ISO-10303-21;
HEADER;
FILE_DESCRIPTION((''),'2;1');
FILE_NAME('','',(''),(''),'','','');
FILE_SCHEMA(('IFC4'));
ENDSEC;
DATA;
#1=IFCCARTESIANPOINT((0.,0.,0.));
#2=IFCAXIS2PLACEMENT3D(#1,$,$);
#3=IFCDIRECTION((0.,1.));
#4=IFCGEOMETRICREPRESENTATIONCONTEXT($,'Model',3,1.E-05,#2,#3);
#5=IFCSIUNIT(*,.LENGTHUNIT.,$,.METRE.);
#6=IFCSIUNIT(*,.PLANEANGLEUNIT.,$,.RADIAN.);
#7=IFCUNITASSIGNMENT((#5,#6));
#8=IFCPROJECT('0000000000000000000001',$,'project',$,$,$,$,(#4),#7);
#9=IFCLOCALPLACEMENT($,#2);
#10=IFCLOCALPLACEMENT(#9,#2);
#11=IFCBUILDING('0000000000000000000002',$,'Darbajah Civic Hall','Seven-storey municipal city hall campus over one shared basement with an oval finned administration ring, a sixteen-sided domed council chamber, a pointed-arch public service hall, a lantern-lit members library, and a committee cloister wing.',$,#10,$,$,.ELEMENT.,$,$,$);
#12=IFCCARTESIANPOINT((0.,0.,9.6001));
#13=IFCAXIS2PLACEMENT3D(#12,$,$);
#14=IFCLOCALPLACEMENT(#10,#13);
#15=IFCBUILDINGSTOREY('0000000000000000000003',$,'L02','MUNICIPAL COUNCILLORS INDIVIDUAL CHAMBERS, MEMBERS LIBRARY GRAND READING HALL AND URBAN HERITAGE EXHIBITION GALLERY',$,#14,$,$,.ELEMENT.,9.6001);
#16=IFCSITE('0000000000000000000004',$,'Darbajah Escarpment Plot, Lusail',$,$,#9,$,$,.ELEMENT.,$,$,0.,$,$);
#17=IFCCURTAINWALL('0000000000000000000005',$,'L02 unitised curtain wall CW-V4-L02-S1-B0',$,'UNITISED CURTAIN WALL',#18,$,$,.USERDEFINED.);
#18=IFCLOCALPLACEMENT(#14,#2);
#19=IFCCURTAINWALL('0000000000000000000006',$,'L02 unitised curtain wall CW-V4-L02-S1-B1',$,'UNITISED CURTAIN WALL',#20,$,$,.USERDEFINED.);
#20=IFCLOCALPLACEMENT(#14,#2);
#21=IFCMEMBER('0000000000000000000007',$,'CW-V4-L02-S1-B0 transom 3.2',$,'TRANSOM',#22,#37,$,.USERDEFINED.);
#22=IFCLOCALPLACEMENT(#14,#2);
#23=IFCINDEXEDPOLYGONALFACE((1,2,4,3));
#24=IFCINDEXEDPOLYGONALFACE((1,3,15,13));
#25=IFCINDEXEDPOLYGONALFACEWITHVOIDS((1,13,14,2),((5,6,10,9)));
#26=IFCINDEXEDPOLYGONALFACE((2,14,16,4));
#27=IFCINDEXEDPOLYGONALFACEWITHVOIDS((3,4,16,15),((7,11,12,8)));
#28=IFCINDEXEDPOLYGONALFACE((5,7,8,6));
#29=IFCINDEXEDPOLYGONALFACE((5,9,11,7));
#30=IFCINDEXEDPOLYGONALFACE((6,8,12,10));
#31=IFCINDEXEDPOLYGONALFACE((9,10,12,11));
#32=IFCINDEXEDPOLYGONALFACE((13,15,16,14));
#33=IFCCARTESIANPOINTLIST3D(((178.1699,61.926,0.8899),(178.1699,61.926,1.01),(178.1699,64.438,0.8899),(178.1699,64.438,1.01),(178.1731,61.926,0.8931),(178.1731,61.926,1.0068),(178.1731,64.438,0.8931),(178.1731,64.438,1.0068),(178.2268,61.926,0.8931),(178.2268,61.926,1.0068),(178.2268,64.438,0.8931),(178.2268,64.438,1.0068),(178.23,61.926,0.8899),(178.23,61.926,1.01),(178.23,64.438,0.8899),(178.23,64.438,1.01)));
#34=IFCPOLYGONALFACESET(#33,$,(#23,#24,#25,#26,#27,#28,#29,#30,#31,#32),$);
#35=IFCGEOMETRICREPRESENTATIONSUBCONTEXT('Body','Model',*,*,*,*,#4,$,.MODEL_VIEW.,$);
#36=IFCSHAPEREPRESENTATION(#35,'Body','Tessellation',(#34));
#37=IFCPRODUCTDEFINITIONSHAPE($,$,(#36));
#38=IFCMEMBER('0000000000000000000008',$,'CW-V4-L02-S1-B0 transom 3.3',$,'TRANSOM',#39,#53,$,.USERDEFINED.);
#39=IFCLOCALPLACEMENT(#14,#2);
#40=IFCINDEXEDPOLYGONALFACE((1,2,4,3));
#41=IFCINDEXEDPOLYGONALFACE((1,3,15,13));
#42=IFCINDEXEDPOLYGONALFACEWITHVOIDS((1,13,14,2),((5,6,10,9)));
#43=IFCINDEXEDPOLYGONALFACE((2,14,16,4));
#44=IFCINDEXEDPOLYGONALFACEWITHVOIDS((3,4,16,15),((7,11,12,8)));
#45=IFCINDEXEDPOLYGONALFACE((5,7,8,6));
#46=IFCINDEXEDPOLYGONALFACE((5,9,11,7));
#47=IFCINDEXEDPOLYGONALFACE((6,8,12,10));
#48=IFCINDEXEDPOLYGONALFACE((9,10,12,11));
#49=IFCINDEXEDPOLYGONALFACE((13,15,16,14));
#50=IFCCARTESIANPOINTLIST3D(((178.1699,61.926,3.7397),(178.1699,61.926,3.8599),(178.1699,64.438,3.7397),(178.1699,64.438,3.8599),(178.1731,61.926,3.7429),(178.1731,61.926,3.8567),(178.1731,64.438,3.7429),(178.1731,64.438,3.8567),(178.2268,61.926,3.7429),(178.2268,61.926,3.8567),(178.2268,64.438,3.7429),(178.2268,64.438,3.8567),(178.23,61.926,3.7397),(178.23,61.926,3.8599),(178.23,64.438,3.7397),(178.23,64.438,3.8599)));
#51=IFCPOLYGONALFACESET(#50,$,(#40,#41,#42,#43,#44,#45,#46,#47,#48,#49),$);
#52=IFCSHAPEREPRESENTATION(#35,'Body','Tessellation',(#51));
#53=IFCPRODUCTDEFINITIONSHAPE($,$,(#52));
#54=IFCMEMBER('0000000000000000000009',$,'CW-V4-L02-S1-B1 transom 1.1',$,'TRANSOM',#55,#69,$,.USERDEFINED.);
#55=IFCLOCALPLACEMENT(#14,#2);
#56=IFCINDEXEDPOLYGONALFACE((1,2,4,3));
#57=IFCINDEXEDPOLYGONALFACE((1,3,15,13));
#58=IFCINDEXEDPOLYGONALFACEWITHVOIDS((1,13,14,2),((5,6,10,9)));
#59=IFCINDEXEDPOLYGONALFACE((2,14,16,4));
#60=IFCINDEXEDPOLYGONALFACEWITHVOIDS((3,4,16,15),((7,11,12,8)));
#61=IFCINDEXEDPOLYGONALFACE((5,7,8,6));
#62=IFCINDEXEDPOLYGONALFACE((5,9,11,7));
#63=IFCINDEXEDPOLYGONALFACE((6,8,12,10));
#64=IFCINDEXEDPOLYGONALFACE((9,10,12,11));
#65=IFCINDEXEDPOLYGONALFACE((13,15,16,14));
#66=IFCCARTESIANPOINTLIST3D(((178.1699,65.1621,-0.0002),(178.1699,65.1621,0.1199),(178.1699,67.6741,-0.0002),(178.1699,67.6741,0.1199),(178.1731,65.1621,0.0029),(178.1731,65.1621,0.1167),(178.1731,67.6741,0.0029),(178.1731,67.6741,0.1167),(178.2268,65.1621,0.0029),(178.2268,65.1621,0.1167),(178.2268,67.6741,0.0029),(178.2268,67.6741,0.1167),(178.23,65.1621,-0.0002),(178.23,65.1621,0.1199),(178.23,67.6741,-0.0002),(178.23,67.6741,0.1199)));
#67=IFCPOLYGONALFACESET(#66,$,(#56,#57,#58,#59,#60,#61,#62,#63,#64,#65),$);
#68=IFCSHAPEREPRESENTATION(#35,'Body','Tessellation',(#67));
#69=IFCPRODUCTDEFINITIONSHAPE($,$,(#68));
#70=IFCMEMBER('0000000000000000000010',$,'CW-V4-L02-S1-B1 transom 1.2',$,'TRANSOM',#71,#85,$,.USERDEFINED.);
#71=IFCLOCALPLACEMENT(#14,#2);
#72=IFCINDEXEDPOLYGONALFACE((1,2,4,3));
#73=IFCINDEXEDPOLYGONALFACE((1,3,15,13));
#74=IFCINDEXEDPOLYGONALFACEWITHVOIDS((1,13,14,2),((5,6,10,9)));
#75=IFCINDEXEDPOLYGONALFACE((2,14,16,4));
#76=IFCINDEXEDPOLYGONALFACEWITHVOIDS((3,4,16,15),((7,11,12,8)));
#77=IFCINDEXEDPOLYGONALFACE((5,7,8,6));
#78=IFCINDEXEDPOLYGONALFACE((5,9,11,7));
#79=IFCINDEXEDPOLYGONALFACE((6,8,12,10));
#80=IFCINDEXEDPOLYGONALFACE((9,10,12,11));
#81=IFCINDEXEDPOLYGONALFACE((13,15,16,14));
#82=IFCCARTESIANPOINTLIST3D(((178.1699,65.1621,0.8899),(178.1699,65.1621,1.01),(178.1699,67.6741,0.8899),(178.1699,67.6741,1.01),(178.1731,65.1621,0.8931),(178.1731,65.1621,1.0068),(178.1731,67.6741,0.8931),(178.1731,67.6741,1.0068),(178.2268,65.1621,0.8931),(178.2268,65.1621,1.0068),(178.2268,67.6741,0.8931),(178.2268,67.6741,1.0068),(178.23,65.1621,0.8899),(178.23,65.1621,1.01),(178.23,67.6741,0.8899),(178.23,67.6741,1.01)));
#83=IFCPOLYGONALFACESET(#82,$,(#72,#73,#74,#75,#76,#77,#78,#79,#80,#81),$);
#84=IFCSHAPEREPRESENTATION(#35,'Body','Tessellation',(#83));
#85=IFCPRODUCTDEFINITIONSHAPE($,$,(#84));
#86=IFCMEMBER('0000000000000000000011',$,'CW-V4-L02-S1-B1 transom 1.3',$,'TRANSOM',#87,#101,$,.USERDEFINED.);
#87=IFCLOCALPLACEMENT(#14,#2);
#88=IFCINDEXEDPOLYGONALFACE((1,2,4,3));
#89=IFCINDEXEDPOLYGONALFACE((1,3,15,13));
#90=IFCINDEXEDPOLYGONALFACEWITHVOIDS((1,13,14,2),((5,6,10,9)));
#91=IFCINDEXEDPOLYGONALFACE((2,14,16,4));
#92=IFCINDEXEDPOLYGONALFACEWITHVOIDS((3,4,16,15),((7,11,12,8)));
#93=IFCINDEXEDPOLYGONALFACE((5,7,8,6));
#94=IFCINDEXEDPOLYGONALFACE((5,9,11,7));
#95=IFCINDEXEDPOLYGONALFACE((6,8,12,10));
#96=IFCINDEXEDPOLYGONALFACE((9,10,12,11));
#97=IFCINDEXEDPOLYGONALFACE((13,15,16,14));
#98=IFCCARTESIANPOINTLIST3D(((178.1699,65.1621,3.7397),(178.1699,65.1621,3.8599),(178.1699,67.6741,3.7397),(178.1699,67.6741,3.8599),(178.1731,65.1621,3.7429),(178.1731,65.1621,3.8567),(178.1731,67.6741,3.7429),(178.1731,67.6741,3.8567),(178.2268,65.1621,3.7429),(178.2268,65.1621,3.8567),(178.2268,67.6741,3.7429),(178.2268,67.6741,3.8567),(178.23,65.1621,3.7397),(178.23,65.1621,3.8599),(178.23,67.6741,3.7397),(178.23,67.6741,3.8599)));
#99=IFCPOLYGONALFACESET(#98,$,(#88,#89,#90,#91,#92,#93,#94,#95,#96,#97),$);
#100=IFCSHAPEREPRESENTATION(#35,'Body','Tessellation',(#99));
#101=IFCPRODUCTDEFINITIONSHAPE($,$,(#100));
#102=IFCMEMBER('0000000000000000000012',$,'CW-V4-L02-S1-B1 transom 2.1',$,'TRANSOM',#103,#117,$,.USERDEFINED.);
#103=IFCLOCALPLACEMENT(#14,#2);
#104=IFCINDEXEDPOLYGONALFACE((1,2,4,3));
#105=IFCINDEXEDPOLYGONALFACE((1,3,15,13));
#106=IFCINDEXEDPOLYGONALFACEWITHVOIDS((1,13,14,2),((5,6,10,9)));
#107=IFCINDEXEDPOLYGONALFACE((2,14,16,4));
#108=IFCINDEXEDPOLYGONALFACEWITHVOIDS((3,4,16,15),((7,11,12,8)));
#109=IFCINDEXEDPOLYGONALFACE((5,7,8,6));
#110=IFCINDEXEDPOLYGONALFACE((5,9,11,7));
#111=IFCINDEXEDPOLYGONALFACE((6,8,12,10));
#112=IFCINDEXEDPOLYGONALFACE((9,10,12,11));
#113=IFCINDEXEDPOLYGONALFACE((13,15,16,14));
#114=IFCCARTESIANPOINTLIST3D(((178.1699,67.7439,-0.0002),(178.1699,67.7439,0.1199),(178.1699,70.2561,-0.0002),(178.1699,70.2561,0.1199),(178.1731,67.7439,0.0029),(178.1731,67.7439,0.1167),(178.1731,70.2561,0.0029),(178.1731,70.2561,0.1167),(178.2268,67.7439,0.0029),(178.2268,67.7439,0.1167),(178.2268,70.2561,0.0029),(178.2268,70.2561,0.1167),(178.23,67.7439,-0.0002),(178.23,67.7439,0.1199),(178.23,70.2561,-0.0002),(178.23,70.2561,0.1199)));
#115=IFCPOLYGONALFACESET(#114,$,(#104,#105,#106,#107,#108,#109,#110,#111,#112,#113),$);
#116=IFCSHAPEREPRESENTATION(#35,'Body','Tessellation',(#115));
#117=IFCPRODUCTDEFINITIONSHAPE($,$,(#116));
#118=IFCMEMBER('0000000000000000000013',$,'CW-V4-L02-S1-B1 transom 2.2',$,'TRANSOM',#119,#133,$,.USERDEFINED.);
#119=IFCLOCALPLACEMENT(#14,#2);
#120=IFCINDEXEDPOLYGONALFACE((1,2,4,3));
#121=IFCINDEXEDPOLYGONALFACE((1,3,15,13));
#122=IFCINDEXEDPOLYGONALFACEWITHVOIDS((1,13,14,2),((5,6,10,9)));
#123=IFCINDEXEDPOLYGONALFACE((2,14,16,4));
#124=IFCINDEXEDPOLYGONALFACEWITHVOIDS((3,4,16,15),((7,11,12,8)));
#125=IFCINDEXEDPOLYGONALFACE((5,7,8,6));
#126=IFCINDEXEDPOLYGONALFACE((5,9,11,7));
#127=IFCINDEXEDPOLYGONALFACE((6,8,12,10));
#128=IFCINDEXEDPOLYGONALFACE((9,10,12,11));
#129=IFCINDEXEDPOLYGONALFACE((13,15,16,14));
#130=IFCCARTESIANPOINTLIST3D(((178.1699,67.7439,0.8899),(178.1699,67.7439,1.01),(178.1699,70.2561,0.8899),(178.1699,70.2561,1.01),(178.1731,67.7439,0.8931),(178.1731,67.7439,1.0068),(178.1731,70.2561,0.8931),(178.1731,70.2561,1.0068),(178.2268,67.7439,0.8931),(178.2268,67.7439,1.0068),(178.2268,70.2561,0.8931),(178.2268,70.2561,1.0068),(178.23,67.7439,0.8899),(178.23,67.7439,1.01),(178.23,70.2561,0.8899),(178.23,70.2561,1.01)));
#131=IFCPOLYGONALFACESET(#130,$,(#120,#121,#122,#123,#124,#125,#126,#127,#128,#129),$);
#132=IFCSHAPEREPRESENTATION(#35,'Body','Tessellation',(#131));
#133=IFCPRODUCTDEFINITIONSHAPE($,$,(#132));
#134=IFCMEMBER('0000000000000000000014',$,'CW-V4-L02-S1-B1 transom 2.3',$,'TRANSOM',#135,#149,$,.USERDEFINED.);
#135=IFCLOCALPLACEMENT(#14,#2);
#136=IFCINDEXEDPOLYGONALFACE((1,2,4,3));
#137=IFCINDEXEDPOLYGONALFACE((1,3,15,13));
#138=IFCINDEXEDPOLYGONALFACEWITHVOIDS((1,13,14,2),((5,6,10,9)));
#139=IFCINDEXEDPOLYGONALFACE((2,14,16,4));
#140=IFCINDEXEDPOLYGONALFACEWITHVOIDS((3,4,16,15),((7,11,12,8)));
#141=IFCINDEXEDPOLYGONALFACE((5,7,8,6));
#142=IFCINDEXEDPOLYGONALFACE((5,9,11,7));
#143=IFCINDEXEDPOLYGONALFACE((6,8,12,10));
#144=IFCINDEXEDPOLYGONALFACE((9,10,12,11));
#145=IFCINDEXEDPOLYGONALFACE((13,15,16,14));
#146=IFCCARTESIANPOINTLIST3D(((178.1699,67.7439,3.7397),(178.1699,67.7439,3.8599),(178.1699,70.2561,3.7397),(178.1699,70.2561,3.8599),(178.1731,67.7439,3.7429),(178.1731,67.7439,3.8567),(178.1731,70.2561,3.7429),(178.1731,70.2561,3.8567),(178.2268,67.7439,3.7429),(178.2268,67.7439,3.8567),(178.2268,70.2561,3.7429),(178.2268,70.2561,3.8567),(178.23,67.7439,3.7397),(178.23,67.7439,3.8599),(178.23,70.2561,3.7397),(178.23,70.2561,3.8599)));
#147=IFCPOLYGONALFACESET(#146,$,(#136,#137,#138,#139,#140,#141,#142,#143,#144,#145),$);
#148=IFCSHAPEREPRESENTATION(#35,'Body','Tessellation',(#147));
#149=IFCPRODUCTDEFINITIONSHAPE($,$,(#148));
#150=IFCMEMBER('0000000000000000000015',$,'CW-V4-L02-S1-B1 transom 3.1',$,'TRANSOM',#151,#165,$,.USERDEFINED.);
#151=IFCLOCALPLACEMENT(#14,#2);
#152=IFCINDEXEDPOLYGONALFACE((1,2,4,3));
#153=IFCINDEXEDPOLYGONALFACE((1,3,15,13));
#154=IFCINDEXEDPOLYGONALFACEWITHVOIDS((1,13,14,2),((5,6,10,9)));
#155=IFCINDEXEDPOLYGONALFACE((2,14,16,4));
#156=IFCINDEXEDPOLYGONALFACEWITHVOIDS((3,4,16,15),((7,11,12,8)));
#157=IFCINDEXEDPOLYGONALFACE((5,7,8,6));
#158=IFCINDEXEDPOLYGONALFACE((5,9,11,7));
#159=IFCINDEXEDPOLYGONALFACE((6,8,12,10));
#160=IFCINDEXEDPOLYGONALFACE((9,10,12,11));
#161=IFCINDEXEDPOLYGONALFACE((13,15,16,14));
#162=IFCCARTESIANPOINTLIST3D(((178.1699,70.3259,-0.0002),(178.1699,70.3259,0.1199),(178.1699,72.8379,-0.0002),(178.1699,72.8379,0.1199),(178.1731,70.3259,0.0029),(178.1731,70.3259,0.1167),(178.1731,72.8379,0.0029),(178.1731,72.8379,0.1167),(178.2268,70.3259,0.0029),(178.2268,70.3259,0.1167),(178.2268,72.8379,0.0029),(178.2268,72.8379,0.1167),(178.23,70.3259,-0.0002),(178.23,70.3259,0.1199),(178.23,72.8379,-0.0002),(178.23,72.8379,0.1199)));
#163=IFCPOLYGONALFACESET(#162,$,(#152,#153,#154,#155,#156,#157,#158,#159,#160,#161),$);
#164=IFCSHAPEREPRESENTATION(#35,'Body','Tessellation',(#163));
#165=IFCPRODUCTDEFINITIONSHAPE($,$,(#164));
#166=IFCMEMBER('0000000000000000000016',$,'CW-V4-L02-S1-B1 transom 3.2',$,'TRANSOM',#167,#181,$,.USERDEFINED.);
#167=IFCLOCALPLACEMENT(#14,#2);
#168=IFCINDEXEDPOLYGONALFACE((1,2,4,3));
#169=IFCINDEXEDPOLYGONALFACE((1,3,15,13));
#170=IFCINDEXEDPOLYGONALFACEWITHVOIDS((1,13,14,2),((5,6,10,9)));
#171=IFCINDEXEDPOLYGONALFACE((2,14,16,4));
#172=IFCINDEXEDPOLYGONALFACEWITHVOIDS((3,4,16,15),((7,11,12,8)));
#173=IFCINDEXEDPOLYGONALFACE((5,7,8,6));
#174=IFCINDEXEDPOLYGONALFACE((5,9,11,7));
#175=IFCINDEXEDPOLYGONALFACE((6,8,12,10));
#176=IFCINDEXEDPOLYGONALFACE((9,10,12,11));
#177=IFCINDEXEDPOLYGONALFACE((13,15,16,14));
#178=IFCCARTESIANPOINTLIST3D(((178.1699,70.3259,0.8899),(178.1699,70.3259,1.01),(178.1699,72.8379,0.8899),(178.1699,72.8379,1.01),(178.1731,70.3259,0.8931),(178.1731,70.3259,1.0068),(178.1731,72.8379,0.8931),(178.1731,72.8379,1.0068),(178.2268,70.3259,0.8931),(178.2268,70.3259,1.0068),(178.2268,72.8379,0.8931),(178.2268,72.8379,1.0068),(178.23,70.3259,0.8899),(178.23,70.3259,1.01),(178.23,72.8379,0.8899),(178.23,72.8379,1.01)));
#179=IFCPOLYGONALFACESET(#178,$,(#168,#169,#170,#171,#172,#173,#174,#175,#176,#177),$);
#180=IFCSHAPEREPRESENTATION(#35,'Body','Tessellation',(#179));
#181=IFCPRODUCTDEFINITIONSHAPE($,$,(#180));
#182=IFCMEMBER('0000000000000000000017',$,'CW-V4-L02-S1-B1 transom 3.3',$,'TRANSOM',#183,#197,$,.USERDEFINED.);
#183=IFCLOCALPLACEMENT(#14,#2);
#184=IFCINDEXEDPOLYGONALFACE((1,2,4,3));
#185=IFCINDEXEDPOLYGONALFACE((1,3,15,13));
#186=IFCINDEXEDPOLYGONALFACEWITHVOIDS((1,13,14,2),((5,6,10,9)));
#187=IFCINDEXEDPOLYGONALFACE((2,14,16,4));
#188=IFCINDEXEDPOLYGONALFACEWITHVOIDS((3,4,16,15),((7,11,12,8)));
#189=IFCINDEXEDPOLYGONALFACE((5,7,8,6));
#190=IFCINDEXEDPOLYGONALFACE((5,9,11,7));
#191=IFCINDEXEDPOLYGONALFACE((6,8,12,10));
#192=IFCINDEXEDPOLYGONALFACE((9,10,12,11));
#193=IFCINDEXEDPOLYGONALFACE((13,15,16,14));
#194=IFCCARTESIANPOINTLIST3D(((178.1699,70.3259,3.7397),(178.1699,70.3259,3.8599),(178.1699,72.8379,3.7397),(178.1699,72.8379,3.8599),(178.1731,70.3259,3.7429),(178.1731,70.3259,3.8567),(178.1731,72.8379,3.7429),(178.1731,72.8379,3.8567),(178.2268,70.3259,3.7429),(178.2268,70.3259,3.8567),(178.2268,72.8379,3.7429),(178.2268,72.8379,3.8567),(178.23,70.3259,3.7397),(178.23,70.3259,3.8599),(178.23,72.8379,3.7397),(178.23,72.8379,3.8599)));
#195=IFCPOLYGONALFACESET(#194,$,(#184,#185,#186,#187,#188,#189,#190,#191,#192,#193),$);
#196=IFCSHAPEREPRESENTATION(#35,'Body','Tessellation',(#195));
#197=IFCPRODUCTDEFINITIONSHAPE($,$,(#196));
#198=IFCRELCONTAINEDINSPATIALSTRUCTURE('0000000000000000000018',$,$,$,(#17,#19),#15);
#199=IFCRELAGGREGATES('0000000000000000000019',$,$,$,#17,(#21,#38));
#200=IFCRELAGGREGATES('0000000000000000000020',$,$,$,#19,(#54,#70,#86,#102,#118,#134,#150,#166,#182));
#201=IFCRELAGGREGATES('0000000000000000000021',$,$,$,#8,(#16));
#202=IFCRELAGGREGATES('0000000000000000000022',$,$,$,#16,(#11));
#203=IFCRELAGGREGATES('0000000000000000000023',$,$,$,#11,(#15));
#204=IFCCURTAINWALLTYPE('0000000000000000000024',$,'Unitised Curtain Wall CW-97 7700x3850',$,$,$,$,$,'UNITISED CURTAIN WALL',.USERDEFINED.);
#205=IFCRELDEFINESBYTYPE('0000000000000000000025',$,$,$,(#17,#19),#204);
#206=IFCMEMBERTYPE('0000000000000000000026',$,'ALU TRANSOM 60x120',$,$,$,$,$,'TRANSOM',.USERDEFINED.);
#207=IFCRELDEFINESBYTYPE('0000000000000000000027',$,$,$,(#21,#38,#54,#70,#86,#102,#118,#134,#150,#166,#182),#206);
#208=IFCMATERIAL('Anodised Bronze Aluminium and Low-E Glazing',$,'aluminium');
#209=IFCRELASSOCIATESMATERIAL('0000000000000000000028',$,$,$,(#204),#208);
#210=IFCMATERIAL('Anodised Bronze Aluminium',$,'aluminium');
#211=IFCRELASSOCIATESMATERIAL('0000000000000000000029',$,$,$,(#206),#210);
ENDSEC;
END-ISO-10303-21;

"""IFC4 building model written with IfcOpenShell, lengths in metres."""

from ifc_helpers import new_model, si_unit, direction, frame, origin, origin_2d, place, context, subcontext, project, spatial, hollow_rectangle, extrude, material, material_profile, profile_set, type_object, element, aggregate, save


model = new_model("IFC4")

# Units and contexts
model_context = context("Model", 3, precision=1e-05, world=origin(), true_north=direction((0.0, 1.0)))
body_context = subcontext(model_context, "Body", "Model", "MODEL_VIEW")
ifc_project = project(units=[si_unit("LENGTHUNIT", "METRE"), si_unit("PLANEANGLEUNIT", "RADIAN")], contexts=[model_context])

# Site, building, storey
site_placement = place(None, origin())
site = spatial("IfcSite", under=ifc_project, at=site_placement, Name="Darbajah Escarpment Plot, Lusail", CompositionType="ELEMENT", RefElevation=0.0)
building_placement = place(site_placement, origin())
building = spatial("IfcBuilding", under=site, at=building_placement, Name="Darbajah Civic Hall", Description="Seven-storey municipal city hall campus over one shared basement with an oval finned administration ring, a sixteen-sided domed council chamber, a pointed-arch public service hall, a lantern-lit members library, and a committee cloister wing.", CompositionType="ELEMENT")
storey_placement = place(building_placement, frame((0.0, 0.0, 9.6001)))
storey = spatial("IfcBuildingStorey", under=building, at=storey_placement, Name="L02", Description="MUNICIPAL COUNCILLORS INDIVIDUAL CHAMBERS, MEMBERS LIBRARY GRAND READING HALL AND URBAN HERITAGE EXHIBITION GALLERY", CompositionType="ELEMENT", Elevation=9.6001)

# Curtain walls
ifc_material_1 = material(Name="Anodised Bronze Aluminium and Low-E Glazing", Category="aluminium")
curtain_wall_type = type_object("IfcCurtainWallType", Name="Unitised Curtain Wall CW-97 7700x3850", ElementType="UNITISED CURTAIN WALL", PredefinedType="USERDEFINED", material=ifc_material_1)
curtain_wall_1_placement = place(storey_placement, origin())
curtain_wall_1 = element("IfcCurtainWall", 1, at=curtain_wall_1_placement, inside=storey, type_object=curtain_wall_type, Name="L02 unitised curtain wall CW-V4-L02-S1-B0", ObjectType="UNITISED CURTAIN WALL", PredefinedType="USERDEFINED")
ifc_material_2 = material(Name="Anodised Bronze Aluminium", Category="aluminium")
curtain_wall_2_placement = place(storey_placement, origin())
curtain_wall_2 = element("IfcCurtainWall", 2, at=curtain_wall_2_placement, inside=storey, type_object=curtain_wall_type, Name="L02 unitised curtain wall CW-V4-L02-S1-B1", ObjectType="UNITISED CURTAIN WALL", PredefinedType="USERDEFINED")

# Members
ifc_material_profile_1 = material_profile(ifc_material_2, hollow_rectangle(XDim=0.0601, YDim=0.1201, WallThickness=0.0032, at=origin_2d()), Name="ALU TRANSOM 60x120")
ifc_profile_set_1 = profile_set([ifc_material_profile_1], Name="Anodised Bronze Aluminium")
member_type_1 = type_object("IfcMemberType", Name="ALU TRANSOM 60x120", ElementType="TRANSOM", PredefinedType="USERDEFINED", material=ifc_profile_set_1)
member_1_placement = place(storey_placement, frame((178.2, 61.926, 0.95), z_axis=(0.0, 1.0, 0.0), x_axis=(-1.0, 0.0, 0.0)))
member_1 = element("IfcMember", 3, at=member_1_placement, type_object=member_type_1, Name="CW-V4-L02-S1-B0 transom 3.2", ObjectType="TRANSOM", PredefinedType="USERDEFINED", context=body_context, shape_type="SweptSolid", body=[
    extrude(hollow_rectangle(XDim=0.0601, YDim=0.1201, WallThickness=0.0032, at=origin_2d()), origin(), (0.0, 0.0, 1.0), 2.512),
])
member_2_placement = place(storey_placement, frame((178.2, 61.926, 3.7998), z_axis=(0.0, 1.0, 0.0), x_axis=(-1.0, 0.0, 0.0)))
member_2 = element("IfcMember", 4, at=member_2_placement, type_object=member_type_1, Name="CW-V4-L02-S1-B0 transom 3.3", ObjectType="TRANSOM", PredefinedType="USERDEFINED", context=body_context, shape_type="SweptSolid", body=[
    extrude(hollow_rectangle(XDim=0.0601, YDim=0.1201, WallThickness=0.0032, at=origin_2d()), origin(), (0.0, 0.0, 1.0), 2.512),
])
member_3_placement = place(storey_placement, frame((178.2, 65.1621, 0.0598), z_axis=(0.0, 1.0, 0.0), x_axis=(-1.0, 0.0, 0.0)))
member_3 = element("IfcMember", 5, at=member_3_placement, type_object=member_type_1, Name="CW-V4-L02-S1-B1 transom 1.1", ObjectType="TRANSOM", PredefinedType="USERDEFINED", context=body_context, shape_type="SweptSolid", body=[
    extrude(hollow_rectangle(XDim=0.0601, YDim=0.1201, WallThickness=0.0032, at=origin_2d()), origin(), (0.0, 0.0, 1.0), 2.512),
])
member_4_placement = place(storey_placement, frame((178.2, 65.1621, 0.95), z_axis=(0.0, 1.0, 0.0), x_axis=(-1.0, 0.0, 0.0)))
member_4 = element("IfcMember", 6, at=member_4_placement, type_object=member_type_1, Name="CW-V4-L02-S1-B1 transom 1.2", ObjectType="TRANSOM", PredefinedType="USERDEFINED", context=body_context, shape_type="SweptSolid", body=[
    extrude(hollow_rectangle(XDim=0.0601, YDim=0.1201, WallThickness=0.0032, at=origin_2d()), origin(), (0.0, 0.0, 1.0), 2.512),
])
member_5_placement = place(storey_placement, frame((178.2, 65.1621, 3.7998), z_axis=(0.0, 1.0, 0.0), x_axis=(-1.0, 0.0, 0.0)))
member_5 = element("IfcMember", 7, at=member_5_placement, type_object=member_type_1, Name="CW-V4-L02-S1-B1 transom 1.3", ObjectType="TRANSOM", PredefinedType="USERDEFINED", context=body_context, shape_type="SweptSolid", body=[
    extrude(hollow_rectangle(XDim=0.0601, YDim=0.1201, WallThickness=0.0032, at=origin_2d()), origin(), (0.0, 0.0, 1.0), 2.512),
])
member_6_placement = place(storey_placement, frame((178.2, 67.7439, 0.0598), z_axis=(0.0, 1.0, 0.0), x_axis=(-1.0, 0.0, 0.0)))
member_6 = element("IfcMember", 8, at=member_6_placement, type_object=member_type_1, Name="CW-V4-L02-S1-B1 transom 2.1", ObjectType="TRANSOM", PredefinedType="USERDEFINED", context=body_context, shape_type="SweptSolid", body=[
    extrude(hollow_rectangle(XDim=0.0601, YDim=0.1201, WallThickness=0.0032, at=origin_2d()), origin(), (0.0, 0.0, 1.0), 2.5122),
])
member_7_placement = place(storey_placement, frame((178.2, 67.7439, 0.95), z_axis=(0.0, 1.0, 0.0), x_axis=(-1.0, 0.0, 0.0)))
member_7 = element("IfcMember", 9, at=member_7_placement, type_object=member_type_1, Name="CW-V4-L02-S1-B1 transom 2.2", ObjectType="TRANSOM", PredefinedType="USERDEFINED", context=body_context, shape_type="SweptSolid", body=[
    extrude(hollow_rectangle(XDim=0.0601, YDim=0.1201, WallThickness=0.0032, at=origin_2d()), origin(), (0.0, 0.0, 1.0), 2.5122),
])
member_8_placement = place(storey_placement, frame((178.2, 67.7439, 3.7998), z_axis=(0.0, 1.0, 0.0), x_axis=(-1.0, 0.0, 0.0)))
member_8 = element("IfcMember", 10, at=member_8_placement, type_object=member_type_1, Name="CW-V4-L02-S1-B1 transom 2.3", ObjectType="TRANSOM", PredefinedType="USERDEFINED", context=body_context, shape_type="SweptSolid", body=[
    extrude(hollow_rectangle(XDim=0.0601, YDim=0.1201, WallThickness=0.0032, at=origin_2d()), origin(), (0.0, 0.0, 1.0), 2.5122),
])
member_9_placement = place(storey_placement, frame((178.2, 70.3259, 0.0598), z_axis=(0.0, 1.0, 0.0), x_axis=(-1.0, 0.0, 0.0)))
member_9 = element("IfcMember", 11, at=member_9_placement, type_object=member_type_1, Name="CW-V4-L02-S1-B1 transom 3.1", ObjectType="TRANSOM", PredefinedType="USERDEFINED", context=body_context, shape_type="SweptSolid", body=[
    extrude(hollow_rectangle(XDim=0.0601, YDim=0.1201, WallThickness=0.0032, at=origin_2d()), origin(), (0.0, 0.0, 1.0), 2.512),
])
member_10_placement = place(storey_placement, frame((178.2, 70.3259, 0.95), z_axis=(0.0, 1.0, 0.0), x_axis=(-1.0, 0.0, 0.0)))
member_10 = element("IfcMember", 12, at=member_10_placement, type_object=member_type_1, Name="CW-V4-L02-S1-B1 transom 3.2", ObjectType="TRANSOM", PredefinedType="USERDEFINED", context=body_context, shape_type="SweptSolid", body=[
    extrude(hollow_rectangle(XDim=0.0601, YDim=0.1201, WallThickness=0.0032, at=origin_2d()), origin(), (0.0, 0.0, 1.0), 2.512),
])
member_11_placement = place(storey_placement, frame((178.2, 70.3259, 3.7998), z_axis=(0.0, 1.0, 0.0), x_axis=(-1.0, 0.0, 0.0)))
member_11 = element("IfcMember", 13, at=member_11_placement, type_object=member_type_1, Name="CW-V4-L02-S1-B1 transom 3.3", ObjectType="TRANSOM", PredefinedType="USERDEFINED", context=body_context, shape_type="SweptSolid", body=[
    extrude(hollow_rectangle(XDim=0.0601, YDim=0.1201, WallThickness=0.0032, at=origin_2d()), origin(), (0.0, 0.0, 1.0), 2.512),
])

aggregate(curtain_wall_1, [member_1, member_2])
aggregate(curtain_wall_2, [member_3, member_4, member_5, member_6, member_7, member_8, member_9, member_10, member_11])

save(model, "model.ifc")
